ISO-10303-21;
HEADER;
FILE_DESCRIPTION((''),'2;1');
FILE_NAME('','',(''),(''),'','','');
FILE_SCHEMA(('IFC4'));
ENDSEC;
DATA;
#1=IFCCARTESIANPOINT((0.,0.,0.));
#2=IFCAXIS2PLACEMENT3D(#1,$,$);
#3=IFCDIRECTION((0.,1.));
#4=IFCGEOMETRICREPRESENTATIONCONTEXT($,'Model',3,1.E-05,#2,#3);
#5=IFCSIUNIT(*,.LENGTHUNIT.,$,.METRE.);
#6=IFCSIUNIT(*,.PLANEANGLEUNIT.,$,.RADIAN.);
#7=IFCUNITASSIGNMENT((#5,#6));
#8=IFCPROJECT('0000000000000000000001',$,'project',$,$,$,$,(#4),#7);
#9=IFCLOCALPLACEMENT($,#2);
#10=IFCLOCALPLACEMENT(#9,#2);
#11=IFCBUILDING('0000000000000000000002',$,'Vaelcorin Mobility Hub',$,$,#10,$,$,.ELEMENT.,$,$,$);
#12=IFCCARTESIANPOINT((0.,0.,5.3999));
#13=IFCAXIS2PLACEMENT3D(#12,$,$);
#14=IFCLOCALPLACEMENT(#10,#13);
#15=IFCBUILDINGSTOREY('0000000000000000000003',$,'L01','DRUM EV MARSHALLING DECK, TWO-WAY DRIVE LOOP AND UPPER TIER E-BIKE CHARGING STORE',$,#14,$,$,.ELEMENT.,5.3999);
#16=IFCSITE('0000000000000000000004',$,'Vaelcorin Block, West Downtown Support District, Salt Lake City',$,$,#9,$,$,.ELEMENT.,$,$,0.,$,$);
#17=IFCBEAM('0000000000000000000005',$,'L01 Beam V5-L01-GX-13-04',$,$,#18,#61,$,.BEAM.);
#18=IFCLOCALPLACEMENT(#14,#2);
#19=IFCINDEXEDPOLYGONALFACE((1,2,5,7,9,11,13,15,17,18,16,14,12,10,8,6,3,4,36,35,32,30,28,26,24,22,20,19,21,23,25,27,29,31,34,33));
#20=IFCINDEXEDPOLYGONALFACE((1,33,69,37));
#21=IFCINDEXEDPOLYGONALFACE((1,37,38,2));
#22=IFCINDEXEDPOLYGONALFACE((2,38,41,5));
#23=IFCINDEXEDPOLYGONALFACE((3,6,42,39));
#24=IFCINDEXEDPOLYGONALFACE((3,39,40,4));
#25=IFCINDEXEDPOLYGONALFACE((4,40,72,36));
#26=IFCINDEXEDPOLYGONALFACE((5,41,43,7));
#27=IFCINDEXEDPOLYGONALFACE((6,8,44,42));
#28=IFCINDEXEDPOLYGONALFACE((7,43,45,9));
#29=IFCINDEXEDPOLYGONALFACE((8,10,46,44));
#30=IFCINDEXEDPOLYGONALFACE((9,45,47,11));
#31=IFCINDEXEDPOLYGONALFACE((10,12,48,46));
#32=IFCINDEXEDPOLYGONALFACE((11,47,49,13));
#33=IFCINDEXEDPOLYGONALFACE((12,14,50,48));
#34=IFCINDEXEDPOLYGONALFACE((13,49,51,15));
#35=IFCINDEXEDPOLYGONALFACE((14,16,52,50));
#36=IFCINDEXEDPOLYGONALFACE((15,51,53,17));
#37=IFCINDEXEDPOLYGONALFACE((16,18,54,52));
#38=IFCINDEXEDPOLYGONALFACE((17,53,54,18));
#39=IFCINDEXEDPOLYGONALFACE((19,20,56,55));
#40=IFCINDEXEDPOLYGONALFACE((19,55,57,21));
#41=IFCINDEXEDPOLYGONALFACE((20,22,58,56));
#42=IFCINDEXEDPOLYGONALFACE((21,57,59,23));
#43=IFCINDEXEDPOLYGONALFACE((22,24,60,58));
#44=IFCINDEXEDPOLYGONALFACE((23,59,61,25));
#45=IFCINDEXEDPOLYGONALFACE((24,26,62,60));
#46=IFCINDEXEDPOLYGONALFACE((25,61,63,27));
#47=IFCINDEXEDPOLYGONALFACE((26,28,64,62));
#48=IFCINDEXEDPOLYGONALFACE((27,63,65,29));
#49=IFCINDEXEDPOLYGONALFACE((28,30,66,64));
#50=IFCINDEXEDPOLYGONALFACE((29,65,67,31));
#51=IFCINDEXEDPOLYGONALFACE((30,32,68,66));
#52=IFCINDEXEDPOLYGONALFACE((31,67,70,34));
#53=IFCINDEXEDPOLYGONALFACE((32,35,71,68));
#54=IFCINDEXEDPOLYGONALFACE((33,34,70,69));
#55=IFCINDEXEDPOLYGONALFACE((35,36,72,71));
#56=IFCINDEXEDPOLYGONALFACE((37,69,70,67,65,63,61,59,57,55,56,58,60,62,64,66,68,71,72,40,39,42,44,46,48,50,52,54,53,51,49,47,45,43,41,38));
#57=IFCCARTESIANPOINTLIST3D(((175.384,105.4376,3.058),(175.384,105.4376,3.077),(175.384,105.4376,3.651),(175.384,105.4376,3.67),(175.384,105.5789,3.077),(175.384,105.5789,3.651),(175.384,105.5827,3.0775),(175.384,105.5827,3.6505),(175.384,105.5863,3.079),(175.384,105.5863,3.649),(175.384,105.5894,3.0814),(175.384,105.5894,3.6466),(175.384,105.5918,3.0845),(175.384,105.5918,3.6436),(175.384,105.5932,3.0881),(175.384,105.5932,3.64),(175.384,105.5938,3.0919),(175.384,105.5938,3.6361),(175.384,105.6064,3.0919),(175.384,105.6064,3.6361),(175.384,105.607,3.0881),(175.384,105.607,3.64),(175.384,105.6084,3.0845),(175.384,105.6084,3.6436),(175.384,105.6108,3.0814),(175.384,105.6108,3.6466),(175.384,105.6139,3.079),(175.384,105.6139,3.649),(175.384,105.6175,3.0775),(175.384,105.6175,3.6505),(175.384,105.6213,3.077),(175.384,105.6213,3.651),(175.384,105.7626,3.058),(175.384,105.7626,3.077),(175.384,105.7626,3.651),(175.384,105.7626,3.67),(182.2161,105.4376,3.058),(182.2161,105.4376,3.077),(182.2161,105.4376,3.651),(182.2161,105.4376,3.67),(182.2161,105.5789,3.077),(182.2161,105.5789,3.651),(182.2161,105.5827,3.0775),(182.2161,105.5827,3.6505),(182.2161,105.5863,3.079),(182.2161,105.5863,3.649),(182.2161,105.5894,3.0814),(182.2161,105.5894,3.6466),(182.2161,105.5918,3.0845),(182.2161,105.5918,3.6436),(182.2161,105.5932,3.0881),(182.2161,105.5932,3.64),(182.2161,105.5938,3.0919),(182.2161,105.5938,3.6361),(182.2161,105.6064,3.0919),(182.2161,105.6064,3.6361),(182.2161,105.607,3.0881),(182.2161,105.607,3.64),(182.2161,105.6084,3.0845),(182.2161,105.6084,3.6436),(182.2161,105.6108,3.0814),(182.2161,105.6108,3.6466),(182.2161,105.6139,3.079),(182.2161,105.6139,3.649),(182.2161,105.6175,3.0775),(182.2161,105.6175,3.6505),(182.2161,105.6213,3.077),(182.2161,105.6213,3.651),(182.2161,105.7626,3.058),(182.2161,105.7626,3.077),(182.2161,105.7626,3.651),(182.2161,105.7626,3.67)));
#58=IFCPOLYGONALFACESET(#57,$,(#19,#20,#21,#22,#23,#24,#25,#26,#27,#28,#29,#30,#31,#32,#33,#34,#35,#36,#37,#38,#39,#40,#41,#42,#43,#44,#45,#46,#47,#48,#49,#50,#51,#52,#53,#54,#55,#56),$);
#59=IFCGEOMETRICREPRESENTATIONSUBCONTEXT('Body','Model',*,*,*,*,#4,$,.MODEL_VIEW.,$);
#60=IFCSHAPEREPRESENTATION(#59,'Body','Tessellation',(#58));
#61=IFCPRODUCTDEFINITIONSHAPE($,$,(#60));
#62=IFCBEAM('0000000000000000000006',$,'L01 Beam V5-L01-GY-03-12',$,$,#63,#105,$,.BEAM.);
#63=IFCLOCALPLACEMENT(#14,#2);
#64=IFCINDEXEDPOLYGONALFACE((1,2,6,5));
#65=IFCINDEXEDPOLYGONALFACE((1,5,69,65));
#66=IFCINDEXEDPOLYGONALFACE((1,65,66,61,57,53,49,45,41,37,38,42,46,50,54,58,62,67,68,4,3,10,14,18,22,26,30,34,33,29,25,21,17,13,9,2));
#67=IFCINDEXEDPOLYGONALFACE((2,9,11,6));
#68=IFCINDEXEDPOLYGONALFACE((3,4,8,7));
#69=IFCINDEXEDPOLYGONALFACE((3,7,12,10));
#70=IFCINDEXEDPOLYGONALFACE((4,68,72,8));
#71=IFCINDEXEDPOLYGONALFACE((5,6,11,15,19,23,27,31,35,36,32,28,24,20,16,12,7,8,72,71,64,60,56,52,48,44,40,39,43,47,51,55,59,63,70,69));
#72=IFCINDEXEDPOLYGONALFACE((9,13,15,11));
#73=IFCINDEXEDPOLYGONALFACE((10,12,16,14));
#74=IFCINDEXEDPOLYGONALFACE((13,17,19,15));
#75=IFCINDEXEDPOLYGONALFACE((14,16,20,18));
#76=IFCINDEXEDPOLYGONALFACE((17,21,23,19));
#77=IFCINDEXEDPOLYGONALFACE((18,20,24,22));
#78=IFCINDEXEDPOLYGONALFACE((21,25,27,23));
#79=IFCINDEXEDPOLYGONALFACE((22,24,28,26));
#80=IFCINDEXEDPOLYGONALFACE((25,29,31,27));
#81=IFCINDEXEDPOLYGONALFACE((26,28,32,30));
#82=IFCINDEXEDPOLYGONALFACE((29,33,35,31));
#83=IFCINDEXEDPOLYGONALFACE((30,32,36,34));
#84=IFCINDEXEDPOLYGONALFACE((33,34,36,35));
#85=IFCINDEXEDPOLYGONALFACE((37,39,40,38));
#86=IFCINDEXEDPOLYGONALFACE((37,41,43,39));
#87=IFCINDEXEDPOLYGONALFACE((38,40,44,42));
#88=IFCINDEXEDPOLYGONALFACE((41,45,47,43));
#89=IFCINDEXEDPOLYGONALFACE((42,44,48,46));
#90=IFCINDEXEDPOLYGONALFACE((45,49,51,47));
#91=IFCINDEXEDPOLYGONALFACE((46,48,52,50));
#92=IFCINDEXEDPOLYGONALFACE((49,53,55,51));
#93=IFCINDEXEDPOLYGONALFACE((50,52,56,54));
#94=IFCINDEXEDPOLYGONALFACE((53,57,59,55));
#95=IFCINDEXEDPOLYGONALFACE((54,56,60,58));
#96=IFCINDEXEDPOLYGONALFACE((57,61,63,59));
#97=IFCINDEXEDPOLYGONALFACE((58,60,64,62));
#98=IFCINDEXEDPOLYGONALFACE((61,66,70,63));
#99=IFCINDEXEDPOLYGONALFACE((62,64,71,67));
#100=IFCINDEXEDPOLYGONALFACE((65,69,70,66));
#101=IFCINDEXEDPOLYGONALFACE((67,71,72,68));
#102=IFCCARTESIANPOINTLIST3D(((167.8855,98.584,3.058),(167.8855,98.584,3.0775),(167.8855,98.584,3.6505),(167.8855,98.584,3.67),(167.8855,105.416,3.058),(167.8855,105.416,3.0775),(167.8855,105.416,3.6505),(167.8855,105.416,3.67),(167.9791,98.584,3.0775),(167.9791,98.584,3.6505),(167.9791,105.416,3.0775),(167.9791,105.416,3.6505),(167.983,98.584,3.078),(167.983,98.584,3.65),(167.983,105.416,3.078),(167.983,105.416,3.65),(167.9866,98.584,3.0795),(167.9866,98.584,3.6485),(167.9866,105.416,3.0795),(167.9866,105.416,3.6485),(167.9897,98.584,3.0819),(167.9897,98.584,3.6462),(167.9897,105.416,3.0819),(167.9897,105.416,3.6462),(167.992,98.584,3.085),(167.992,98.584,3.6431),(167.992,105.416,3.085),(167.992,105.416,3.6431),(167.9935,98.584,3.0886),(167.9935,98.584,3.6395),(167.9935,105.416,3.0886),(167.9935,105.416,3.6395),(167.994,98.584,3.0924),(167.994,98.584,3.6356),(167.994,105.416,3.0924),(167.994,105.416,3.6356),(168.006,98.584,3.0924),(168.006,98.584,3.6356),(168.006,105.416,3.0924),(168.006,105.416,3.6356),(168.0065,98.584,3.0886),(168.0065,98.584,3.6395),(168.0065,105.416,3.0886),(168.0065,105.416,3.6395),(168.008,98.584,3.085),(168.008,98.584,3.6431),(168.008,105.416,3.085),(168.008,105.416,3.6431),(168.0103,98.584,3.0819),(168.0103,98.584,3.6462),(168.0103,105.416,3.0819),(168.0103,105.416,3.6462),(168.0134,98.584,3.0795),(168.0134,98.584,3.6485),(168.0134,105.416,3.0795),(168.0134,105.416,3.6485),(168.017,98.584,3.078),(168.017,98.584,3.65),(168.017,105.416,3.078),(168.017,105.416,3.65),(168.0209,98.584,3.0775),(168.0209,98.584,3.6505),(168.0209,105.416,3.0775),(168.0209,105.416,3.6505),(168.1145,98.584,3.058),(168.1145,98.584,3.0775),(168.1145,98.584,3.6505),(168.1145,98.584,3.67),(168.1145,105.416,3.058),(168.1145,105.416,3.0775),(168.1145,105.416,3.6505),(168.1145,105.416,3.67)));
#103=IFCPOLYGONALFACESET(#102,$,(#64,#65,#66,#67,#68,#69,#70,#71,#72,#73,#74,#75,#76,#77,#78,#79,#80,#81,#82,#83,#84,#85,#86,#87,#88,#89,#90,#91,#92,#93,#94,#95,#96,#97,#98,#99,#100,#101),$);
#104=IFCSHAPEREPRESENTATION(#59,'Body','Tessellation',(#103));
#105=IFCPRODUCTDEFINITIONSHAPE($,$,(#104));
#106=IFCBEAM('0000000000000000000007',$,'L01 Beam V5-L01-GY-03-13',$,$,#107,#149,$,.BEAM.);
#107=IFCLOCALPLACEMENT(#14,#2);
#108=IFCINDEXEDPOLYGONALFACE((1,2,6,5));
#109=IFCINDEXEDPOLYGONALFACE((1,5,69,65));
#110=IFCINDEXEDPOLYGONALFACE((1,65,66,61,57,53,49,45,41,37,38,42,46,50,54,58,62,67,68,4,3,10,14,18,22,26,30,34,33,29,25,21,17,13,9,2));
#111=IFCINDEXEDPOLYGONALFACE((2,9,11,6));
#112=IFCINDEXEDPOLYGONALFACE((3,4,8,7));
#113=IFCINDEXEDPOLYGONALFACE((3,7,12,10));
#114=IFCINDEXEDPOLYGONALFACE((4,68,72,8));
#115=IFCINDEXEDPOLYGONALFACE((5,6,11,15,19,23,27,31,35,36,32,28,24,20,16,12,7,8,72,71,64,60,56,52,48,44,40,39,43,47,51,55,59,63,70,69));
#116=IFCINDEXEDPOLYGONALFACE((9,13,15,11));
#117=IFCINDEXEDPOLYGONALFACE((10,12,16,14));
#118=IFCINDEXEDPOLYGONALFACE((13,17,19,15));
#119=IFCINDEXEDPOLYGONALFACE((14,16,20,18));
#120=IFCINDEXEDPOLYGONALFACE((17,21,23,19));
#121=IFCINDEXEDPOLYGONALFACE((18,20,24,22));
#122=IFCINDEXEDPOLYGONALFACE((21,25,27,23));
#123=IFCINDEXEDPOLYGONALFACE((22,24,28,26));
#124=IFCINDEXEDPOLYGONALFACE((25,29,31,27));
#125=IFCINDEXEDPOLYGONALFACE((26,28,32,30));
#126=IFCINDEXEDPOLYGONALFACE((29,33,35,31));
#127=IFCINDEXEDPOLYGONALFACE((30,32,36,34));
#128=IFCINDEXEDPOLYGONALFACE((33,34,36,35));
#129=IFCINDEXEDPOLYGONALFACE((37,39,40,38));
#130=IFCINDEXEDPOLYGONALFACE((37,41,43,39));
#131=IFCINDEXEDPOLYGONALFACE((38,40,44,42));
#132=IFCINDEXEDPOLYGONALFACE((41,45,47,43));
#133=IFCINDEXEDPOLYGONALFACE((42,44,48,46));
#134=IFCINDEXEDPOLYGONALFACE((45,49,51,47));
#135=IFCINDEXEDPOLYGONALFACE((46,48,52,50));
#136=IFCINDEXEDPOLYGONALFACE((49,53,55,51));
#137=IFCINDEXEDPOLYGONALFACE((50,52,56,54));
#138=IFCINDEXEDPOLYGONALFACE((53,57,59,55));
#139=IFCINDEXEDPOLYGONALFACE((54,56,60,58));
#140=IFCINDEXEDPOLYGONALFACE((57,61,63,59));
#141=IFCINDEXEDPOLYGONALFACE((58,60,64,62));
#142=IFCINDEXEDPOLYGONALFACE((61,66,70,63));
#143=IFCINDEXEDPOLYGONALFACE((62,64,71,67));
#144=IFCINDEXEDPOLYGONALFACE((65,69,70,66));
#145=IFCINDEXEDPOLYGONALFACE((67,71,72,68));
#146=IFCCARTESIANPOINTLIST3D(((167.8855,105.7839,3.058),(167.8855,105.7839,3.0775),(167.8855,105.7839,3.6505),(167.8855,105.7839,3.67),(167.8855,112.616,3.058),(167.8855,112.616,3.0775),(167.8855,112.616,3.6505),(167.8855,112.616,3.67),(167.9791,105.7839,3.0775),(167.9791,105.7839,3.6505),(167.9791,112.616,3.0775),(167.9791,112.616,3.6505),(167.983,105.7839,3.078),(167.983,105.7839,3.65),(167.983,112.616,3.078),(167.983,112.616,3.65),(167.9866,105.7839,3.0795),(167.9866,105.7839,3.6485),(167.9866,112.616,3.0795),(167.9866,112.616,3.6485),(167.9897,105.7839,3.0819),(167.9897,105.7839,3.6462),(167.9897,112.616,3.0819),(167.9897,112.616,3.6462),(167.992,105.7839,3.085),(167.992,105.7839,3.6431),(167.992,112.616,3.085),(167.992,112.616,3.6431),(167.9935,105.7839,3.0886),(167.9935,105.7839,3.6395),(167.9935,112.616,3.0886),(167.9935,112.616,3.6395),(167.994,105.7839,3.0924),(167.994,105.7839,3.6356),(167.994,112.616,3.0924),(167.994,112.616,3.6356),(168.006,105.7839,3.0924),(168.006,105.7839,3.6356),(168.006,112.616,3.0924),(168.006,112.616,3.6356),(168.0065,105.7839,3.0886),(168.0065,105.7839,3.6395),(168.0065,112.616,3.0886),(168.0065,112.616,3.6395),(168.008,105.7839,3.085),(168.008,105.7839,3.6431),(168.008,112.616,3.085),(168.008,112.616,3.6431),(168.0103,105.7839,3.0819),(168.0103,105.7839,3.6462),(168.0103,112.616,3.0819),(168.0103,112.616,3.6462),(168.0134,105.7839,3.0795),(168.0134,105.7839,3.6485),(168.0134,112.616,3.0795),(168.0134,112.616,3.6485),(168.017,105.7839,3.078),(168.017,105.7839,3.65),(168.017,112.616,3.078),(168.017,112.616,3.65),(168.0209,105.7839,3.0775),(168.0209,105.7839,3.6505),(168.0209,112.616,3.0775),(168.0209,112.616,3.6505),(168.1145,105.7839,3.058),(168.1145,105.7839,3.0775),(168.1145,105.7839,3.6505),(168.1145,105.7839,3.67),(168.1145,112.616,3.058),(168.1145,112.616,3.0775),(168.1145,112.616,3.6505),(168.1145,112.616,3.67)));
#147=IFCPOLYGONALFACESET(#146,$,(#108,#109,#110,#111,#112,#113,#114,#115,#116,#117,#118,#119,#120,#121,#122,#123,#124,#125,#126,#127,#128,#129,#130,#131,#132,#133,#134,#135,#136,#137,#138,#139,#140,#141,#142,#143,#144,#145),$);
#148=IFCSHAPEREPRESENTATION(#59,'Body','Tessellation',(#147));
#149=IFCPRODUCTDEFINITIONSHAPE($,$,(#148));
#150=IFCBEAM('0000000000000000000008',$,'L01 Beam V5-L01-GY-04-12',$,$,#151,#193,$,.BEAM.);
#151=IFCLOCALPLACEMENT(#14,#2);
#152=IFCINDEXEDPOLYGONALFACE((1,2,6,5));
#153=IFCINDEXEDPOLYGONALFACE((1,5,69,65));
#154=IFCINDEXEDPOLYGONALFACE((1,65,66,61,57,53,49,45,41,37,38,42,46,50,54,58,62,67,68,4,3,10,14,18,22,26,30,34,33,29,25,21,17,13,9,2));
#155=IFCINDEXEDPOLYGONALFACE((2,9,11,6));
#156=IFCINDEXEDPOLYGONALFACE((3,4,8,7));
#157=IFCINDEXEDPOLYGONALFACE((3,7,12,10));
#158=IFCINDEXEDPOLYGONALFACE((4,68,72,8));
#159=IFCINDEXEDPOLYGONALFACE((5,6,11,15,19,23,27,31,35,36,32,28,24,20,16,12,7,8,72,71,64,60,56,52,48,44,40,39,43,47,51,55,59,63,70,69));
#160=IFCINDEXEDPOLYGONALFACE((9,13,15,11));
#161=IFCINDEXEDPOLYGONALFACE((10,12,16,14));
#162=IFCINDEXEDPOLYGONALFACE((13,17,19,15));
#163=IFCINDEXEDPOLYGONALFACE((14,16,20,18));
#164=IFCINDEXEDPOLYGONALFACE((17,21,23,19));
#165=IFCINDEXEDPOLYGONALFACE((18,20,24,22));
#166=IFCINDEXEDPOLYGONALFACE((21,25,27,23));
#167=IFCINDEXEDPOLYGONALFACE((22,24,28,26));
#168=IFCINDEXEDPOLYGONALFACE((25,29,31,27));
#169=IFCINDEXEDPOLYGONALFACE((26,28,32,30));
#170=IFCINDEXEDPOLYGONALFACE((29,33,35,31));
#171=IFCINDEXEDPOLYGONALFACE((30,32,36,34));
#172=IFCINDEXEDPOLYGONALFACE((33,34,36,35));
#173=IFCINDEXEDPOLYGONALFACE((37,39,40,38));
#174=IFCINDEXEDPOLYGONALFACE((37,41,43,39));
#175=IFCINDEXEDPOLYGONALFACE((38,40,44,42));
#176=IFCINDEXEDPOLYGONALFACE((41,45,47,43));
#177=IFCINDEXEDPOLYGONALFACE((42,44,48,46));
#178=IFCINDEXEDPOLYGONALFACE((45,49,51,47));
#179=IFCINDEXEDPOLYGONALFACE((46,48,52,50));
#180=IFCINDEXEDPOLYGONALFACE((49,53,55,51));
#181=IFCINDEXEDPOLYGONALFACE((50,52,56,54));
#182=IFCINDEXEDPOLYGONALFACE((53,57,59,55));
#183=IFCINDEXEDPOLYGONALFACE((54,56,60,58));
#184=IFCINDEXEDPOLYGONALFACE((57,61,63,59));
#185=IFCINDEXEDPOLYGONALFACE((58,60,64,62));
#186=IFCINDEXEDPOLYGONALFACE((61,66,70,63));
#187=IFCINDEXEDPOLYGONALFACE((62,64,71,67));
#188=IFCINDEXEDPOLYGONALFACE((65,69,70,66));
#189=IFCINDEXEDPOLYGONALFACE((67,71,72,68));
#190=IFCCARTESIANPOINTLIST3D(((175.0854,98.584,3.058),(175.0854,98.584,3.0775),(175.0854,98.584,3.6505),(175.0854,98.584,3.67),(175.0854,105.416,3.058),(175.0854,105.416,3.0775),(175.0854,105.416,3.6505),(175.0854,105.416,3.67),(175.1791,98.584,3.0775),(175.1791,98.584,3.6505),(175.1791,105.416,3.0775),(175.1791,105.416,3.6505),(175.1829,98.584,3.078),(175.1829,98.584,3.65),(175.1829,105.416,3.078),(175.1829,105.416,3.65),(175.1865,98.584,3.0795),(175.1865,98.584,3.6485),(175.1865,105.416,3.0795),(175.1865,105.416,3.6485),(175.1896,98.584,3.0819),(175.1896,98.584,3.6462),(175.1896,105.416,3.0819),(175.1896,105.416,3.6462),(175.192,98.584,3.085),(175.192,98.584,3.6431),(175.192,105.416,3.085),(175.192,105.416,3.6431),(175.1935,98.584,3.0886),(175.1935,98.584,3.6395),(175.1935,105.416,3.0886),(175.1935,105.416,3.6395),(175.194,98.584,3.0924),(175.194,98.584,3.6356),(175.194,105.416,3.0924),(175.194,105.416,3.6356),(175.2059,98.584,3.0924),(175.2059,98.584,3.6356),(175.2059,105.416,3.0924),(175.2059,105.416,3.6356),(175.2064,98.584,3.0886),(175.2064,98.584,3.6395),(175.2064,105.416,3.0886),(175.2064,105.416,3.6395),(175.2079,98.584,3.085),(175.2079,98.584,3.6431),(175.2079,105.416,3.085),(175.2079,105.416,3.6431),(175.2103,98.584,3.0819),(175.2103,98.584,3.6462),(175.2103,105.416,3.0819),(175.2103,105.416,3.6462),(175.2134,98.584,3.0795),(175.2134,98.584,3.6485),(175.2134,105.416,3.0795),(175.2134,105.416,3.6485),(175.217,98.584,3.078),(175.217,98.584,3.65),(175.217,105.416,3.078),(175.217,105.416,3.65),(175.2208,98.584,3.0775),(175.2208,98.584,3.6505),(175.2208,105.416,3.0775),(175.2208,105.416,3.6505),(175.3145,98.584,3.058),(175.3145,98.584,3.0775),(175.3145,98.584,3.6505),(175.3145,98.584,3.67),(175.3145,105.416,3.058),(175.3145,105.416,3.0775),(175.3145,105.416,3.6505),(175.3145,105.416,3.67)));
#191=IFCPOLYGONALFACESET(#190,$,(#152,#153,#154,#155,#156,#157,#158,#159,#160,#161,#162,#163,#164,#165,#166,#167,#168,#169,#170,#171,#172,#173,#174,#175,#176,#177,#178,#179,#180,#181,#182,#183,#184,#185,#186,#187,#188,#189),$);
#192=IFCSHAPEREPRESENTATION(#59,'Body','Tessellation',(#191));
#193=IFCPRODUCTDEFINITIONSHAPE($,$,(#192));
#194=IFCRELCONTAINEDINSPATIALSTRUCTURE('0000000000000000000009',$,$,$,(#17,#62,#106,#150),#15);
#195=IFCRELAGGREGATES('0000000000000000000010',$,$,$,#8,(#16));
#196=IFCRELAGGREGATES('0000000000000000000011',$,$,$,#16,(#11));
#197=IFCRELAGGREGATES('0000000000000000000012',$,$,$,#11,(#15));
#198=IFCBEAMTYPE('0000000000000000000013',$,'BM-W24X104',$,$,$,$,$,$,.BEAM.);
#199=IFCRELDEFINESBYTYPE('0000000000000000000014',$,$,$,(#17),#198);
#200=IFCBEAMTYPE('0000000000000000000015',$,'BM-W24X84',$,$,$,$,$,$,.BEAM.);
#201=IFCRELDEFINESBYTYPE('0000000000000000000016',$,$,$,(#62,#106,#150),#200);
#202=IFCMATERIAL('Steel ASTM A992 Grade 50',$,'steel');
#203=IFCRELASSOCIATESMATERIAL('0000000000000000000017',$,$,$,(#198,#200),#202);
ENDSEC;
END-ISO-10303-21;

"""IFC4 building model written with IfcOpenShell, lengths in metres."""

from ifc_helpers import new_model, si_unit, direction, frame, origin, origin_2d, place, context, subcontext, project, spatial, i_section, extrude, material, material_profile, profile_set, type_object, element, save


model = new_model("IFC4")

# Units and contexts
model_context = context("Model", 3, precision=1e-05, world=origin(), true_north=direction((0.0, 1.0)))
body_context = subcontext(model_context, "Body", "Model", "MODEL_VIEW")
ifc_project = project(units=[si_unit("LENGTHUNIT", "METRE"), si_unit("PLANEANGLEUNIT", "RADIAN")], contexts=[model_context])

# Site, building, storey
site_placement = place(None, origin())
site = spatial("IfcSite", under=ifc_project, at=site_placement, Name="Vaelcorin Block, West Downtown Support District, Salt Lake City", CompositionType="ELEMENT", RefElevation=0.0)
building_placement = place(site_placement, origin())
building = spatial("IfcBuilding", under=site, at=building_placement, Name="Vaelcorin Mobility Hub", CompositionType="ELEMENT")
storey_placement = place(building_placement, frame((0.0, 0.0, 5.3999)))
storey = spatial("IfcBuildingStorey", under=building, at=storey_placement, Name="L01", Description="DRUM EV MARSHALLING DECK, TWO-WAY DRIVE LOOP AND UPPER TIER E-BIKE CHARGING STORE", CompositionType="ELEMENT", Elevation=5.3999)

# Shared definitions
ifc_material_1 = material(Name="Steel ASTM A992 Grade 50", Category="steel")

# Beams
ifc_material_profile_1 = material_profile(ifc_material_1, i_section(OverallWidth=0.325, OverallDepth=0.6121, WebThickness=0.0127, FlangeThickness=0.019, FilletRadius=0.0149, at=origin_2d()), Name="W24X104")
ifc_profile_set_1 = profile_set([ifc_material_profile_1], Name="Steel ASTM A992 Grade 50")
beam_type_1 = type_object("IfcBeamType", Name="BM-W24X104", PredefinedType="BEAM", material=ifc_profile_set_1)
beam_1_placement = place(storey_placement, frame((175.384, 105.6001, 3.364), z_axis=(1.0, 0.0, 0.0), x_axis=(0.0, 1.0, 0.0)))
element("IfcBeam", 1, at=beam_1_placement, inside=storey, type_object=beam_type_1, Name="L01 Beam V5-L01-GX-13-04", PredefinedType="BEAM", context=body_context, shape_type="SweptSolid", body=[
    extrude(i_section(OverallWidth=0.325, OverallDepth=0.6121, WebThickness=0.0127, FlangeThickness=0.019, FilletRadius=0.0149, at=origin_2d()), origin(), (0.0, 0.0, 1.0), 6.832),
])
ifc_material_profile_2 = material_profile(ifc_material_1, i_section(OverallWidth=0.229, OverallDepth=0.6121, WebThickness=0.012, FlangeThickness=0.0195, FilletRadius=0.0149, at=origin_2d()), Name="W24X84")
ifc_profile_set_2 = profile_set([ifc_material_profile_2], Name="Steel ASTM A992 Grade 50")
beam_type_2 = type_object("IfcBeamType", Name="BM-W24X84", PredefinedType="BEAM", material=ifc_profile_set_2)
for number, where, z_axis, x_axis, name in (
    (2, (168.0, 98.584, 3.364), (0.0, 1.0, 0.0), (-1.0, 0.0, 0.0), "L01 Beam V5-L01-GY-03-12"),
    (3, (168.0, 105.7839, 3.364), (0.0, 1.0, 0.0), (-1.0, 0.0, 0.0), "L01 Beam V5-L01-GY-03-13"),
    (4, (175.2, 98.584, 3.364), (0.0, 1.0, 0.0), (-1.0, 0.0, 0.0), "L01 Beam V5-L01-GY-04-12"),
):
    element("IfcBeam", number, at=place(storey_placement, frame(where, z_axis=z_axis, x_axis=x_axis)), inside=storey, type_object=beam_type_2, Name=name, PredefinedType="BEAM", context=body_context, shape_type="SweptSolid", body=[
        extrude(i_section(OverallWidth=0.229, OverallDepth=0.6121, WebThickness=0.012, FlangeThickness=0.0195, FilletRadius=0.0149, at=origin_2d()), origin(), (0.0, 0.0, 1.0), 6.832),
    ])

save(model, "model.ifc")
